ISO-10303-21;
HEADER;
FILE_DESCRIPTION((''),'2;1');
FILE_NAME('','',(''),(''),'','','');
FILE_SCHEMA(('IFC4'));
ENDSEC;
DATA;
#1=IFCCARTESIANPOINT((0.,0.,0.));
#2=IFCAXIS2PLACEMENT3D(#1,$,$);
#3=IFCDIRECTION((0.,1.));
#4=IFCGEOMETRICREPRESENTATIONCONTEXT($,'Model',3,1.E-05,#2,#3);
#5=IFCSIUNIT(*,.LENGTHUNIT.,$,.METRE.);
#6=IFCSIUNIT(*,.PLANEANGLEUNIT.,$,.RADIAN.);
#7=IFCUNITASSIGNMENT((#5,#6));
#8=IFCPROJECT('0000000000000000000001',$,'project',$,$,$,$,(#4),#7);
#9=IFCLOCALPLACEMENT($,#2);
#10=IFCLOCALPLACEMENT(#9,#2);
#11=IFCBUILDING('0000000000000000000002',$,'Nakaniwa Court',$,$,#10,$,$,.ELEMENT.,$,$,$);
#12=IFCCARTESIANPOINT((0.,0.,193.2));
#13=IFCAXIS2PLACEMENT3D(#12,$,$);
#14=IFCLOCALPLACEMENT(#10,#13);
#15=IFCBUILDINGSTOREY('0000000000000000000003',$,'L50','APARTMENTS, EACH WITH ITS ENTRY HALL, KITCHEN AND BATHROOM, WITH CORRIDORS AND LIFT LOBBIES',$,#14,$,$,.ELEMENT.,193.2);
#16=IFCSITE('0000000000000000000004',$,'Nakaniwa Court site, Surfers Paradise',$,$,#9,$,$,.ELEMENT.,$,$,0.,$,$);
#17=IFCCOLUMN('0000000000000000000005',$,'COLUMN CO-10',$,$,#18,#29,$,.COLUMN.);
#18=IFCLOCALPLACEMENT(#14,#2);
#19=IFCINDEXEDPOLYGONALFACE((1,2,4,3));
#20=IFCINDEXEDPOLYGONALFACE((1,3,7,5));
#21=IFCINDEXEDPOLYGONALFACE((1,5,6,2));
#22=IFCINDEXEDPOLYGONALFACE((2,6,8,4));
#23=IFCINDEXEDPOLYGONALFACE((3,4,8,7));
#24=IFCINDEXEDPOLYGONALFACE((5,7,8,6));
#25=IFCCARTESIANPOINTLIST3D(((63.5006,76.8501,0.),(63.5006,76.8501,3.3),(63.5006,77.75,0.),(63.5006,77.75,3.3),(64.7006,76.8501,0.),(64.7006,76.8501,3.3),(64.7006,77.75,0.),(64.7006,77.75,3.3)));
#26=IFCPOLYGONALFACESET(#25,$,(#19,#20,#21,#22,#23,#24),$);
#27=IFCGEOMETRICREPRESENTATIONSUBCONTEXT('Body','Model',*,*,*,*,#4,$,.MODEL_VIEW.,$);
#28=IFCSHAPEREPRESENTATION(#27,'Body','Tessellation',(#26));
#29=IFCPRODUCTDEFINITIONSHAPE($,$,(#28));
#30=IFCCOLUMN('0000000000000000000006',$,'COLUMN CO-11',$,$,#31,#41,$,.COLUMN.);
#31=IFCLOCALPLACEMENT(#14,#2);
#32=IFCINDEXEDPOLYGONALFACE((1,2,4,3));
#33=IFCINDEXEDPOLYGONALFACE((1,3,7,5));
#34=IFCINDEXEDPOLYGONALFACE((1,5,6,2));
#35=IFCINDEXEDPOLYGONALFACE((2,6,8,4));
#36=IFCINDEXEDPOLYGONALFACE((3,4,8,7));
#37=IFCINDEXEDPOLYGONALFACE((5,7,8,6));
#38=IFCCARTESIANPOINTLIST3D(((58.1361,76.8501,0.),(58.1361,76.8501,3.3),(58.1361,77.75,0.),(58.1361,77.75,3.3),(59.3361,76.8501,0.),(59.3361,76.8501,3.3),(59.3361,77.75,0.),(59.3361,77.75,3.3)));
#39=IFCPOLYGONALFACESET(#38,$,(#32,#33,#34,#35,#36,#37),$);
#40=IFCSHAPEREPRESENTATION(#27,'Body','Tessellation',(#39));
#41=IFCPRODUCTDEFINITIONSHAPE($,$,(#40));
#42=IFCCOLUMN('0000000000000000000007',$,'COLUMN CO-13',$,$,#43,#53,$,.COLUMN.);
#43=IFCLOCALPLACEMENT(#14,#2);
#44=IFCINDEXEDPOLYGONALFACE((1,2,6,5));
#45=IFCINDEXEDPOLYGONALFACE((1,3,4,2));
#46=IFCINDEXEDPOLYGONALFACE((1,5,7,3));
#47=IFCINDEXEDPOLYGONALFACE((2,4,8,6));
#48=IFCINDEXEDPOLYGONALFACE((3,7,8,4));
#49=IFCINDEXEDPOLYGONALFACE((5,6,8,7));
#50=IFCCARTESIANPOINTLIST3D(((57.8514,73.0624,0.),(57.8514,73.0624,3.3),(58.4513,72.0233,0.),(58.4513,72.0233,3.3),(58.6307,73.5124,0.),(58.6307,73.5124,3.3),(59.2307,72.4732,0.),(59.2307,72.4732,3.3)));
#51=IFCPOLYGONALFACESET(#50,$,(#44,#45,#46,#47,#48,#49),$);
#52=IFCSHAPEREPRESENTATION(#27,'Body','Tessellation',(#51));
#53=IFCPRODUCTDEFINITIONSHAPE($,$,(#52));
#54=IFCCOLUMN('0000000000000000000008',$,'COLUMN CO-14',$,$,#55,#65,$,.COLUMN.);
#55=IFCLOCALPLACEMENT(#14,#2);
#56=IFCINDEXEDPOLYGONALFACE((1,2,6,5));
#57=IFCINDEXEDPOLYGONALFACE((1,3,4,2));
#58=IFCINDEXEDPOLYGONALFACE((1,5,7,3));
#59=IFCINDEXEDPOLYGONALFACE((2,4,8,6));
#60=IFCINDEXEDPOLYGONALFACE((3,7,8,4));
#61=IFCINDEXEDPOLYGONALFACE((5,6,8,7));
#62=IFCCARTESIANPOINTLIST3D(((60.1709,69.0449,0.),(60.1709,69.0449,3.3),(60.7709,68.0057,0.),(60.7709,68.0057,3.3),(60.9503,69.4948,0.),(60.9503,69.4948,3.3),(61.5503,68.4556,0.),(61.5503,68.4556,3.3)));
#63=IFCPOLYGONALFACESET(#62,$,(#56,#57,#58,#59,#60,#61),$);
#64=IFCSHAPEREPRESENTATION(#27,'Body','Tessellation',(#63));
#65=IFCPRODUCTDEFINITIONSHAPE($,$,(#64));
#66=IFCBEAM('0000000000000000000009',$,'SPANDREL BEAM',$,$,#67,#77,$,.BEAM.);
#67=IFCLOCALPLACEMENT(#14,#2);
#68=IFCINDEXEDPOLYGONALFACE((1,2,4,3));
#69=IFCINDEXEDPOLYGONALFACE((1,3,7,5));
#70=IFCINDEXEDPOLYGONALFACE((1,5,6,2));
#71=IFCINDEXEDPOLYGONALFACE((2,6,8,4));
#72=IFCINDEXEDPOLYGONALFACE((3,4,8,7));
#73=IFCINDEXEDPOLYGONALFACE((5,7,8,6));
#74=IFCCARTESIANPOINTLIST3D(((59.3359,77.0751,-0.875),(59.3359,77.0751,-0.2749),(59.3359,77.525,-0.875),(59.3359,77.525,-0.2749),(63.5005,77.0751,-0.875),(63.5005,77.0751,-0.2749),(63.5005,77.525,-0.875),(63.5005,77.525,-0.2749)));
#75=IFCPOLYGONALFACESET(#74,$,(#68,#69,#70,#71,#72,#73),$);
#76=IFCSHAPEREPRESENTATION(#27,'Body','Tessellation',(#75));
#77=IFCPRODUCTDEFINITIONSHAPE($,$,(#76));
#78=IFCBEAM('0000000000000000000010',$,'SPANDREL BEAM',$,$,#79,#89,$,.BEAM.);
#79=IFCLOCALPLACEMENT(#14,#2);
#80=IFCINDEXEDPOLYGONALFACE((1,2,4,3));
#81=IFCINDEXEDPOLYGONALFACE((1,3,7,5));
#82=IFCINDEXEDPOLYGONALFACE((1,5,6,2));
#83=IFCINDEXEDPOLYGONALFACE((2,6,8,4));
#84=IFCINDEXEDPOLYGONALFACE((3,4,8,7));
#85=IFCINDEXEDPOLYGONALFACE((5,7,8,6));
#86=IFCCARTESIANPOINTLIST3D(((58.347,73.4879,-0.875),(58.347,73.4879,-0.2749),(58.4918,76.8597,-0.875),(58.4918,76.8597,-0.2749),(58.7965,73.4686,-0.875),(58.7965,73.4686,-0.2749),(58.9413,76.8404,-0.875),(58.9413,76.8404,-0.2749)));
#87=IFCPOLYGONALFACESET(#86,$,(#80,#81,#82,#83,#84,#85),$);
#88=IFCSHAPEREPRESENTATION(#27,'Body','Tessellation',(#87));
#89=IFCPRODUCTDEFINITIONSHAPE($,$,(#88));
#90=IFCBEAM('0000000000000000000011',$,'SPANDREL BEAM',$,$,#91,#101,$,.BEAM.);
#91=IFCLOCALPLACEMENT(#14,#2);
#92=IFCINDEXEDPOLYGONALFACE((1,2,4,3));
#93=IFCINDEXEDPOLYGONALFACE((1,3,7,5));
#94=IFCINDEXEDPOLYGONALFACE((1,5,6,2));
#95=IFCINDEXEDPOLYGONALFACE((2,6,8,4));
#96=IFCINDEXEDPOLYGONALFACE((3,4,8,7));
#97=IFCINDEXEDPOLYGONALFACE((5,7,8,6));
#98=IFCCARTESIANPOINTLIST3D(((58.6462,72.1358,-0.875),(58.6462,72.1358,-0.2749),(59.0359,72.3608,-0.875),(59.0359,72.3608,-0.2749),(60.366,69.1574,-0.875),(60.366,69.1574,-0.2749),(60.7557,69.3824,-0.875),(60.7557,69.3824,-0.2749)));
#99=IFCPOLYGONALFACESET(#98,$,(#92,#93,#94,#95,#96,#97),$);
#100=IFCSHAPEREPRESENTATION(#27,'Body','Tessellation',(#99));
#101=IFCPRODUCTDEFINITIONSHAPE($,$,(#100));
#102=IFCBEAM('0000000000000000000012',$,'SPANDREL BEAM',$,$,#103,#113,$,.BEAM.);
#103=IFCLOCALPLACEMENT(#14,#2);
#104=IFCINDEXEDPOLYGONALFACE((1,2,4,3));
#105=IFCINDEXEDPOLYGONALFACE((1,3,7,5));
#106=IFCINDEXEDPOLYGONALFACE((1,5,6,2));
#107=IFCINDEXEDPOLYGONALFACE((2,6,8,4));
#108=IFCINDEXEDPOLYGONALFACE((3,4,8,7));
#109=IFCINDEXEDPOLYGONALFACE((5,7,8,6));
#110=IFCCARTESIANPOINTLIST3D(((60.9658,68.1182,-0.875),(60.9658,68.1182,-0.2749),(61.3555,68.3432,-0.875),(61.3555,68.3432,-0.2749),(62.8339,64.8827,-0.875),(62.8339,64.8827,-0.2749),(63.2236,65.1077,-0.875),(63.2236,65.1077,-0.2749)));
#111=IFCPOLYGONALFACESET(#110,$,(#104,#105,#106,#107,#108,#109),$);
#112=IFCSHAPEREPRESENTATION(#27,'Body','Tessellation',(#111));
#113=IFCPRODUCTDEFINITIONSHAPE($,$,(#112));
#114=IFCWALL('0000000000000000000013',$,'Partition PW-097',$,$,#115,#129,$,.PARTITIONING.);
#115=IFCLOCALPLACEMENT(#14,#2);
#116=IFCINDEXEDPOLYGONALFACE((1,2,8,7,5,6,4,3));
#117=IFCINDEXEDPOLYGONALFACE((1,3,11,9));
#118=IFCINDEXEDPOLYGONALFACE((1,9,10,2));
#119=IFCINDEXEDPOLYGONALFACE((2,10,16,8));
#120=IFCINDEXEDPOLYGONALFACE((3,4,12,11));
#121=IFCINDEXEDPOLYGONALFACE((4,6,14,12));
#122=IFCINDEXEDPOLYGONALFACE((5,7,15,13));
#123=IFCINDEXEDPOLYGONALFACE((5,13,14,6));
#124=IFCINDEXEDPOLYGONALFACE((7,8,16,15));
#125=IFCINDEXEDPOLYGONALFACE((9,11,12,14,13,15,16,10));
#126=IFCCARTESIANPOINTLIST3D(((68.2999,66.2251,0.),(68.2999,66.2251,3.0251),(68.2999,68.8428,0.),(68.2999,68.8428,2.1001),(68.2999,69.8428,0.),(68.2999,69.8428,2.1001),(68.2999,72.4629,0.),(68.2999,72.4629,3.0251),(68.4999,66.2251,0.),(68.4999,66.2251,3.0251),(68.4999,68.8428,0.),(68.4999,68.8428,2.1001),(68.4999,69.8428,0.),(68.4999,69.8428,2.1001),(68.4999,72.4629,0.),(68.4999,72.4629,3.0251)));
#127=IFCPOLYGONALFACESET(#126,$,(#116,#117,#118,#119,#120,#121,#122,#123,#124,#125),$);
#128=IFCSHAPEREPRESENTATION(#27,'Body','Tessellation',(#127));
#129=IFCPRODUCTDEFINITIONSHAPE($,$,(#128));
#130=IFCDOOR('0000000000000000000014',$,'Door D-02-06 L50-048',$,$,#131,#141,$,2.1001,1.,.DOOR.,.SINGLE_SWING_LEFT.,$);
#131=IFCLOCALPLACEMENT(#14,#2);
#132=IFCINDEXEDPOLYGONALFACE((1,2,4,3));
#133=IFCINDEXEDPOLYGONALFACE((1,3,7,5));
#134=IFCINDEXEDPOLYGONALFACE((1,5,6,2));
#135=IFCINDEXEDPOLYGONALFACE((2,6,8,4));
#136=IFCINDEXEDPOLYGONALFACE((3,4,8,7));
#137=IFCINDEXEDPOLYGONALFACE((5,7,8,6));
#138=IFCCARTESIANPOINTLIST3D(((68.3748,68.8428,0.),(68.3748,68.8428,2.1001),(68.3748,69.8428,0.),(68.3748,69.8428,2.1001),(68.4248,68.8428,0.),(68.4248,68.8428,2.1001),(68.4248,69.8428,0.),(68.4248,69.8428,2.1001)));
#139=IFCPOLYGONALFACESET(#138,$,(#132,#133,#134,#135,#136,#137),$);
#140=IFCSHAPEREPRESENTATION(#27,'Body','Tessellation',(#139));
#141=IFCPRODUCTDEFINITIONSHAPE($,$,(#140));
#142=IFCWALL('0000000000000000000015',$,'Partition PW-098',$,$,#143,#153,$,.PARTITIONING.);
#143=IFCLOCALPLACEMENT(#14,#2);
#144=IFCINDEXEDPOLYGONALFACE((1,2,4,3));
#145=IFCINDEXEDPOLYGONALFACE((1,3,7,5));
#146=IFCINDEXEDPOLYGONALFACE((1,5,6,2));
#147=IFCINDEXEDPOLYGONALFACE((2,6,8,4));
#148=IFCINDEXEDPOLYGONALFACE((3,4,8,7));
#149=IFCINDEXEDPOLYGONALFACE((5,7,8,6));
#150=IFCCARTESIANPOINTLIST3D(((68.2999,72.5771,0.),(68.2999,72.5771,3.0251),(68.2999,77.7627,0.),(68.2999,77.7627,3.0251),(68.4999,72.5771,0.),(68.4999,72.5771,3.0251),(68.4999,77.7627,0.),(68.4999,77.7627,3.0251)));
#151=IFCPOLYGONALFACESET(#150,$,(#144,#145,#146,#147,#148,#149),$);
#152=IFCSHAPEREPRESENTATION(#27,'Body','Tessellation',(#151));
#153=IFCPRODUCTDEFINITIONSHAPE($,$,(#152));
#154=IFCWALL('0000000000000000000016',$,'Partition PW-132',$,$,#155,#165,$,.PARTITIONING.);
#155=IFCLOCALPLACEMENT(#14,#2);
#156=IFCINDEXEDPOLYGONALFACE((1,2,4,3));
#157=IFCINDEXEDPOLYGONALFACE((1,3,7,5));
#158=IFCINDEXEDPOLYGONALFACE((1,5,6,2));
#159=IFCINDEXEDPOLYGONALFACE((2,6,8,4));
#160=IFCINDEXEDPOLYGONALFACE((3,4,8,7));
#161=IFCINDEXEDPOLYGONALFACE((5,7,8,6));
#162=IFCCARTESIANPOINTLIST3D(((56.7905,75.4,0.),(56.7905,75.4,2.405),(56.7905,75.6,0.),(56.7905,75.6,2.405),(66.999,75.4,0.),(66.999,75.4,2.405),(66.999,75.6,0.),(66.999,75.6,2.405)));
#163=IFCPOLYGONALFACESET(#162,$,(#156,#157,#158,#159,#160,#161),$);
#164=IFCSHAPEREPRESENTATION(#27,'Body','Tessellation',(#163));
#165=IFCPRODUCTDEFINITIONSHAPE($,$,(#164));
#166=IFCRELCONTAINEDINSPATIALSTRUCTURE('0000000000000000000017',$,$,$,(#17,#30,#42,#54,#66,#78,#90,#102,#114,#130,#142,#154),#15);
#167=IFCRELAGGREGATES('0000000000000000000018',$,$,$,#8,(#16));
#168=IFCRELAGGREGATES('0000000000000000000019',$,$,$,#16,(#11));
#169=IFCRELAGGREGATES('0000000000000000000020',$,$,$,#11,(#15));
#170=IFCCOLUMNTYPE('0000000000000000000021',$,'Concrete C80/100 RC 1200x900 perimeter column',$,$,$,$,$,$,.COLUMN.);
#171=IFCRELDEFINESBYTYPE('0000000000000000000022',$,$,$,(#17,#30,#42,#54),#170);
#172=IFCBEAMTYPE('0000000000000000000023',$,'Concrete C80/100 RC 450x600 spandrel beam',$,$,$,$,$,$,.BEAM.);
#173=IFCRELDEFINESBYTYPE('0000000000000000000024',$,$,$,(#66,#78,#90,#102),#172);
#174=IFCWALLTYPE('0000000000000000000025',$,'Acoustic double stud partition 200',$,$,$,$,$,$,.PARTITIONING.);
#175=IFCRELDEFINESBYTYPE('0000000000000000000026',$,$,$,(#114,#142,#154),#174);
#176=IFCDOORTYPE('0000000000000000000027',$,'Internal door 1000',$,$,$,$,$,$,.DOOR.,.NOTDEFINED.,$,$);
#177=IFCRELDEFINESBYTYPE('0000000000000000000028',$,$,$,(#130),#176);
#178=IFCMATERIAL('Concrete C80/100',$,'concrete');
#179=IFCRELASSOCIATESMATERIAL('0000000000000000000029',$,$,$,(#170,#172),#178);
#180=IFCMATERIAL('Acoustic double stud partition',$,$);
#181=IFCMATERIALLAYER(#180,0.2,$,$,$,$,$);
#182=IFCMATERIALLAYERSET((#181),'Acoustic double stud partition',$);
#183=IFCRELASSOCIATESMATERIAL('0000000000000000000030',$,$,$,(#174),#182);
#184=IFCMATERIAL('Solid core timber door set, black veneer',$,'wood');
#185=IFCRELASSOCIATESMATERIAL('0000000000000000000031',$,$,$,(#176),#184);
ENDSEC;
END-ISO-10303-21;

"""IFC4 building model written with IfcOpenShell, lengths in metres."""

from ifc_helpers import new_model, si_unit, direction, frame, frame_2d, origin, origin_2d, place, context, subcontext, project, spatial, rectangle, extrude, material, layer, layer_set, material_profile, profile_set, type_object, element, fill, save


model = new_model("IFC4")

# Units and contexts
model_context = context("Model", 3, precision=1e-05, world=origin(), true_north=direction((0.0, 1.0)))
body_context = subcontext(model_context, "Body", "Model", "MODEL_VIEW")
ifc_project = project(units=[si_unit("LENGTHUNIT", "METRE"), si_unit("PLANEANGLEUNIT", "RADIAN")], contexts=[model_context])

# Site, building, storey
site_placement = place(None, origin())
site = spatial("IfcSite", under=ifc_project, at=site_placement, Name="Nakaniwa Court site, Surfers Paradise", CompositionType="ELEMENT", RefElevation=0.0)
building_placement = place(site_placement, origin())
building = spatial("IfcBuilding", under=site, at=building_placement, Name="Nakaniwa Court", CompositionType="ELEMENT")
storey_placement = place(building_placement, frame((0.0, 0.0, 193.2)))
storey = spatial("IfcBuildingStorey", under=building, at=storey_placement, Name="L50", Description="APARTMENTS, EACH WITH ITS ENTRY HALL, KITCHEN AND BATHROOM, WITH CORRIDORS AND LIFT LOBBIES", CompositionType="ELEMENT", Elevation=193.2)

# Columns
ifc_material_1 = material(Name="Concrete C80/100", Category="concrete")
ifc_material_profile_1 = material_profile(ifc_material_1, rectangle(XDim=1.2, YDim=0.8999, at=origin_2d()), Name="Concrete C80/100 RC 1200x900 perimeter column")
ifc_profile_set_1 = profile_set([ifc_material_profile_1], Name="Concrete C80/100")
column_type = type_object("IfcColumnType", Name="Concrete C80/100 RC 1200x900 perimeter column", PredefinedType="COLUMN", material=ifc_profile_set_1)
for number, where, z_axis, x_axis, name in (
    (1, (64.1006, 77.3, 0.0), (0.0, 0.0, 1.0), (-1.0, 0.0, 0.0), "COLUMN CO-10"),
    (2, (58.7361, 77.3, 0.0), (0.0, 0.0, 1.0), (-1.0, 0.0, 0.0), "COLUMN CO-11"),
    (3, (58.541, 72.7678, 0.0), (0.0, 0.0, 1.0), (0.5, -0.866025, 0.0), "COLUMN CO-13"),
    (4, (60.8606, 68.7502, 0.0), (0.0, 0.0, 1.0), (0.5, -0.866025, 0.0), "COLUMN CO-14"),
):
    element("IfcColumn", number, at=place(storey_placement, frame(where, z_axis=z_axis, x_axis=x_axis)), inside=storey, type_object=column_type, Name=name, PredefinedType="COLUMN", context=body_context, shape_type="SweptSolid", body=[
        extrude(rectangle(XDim=1.2, YDim=0.8999, at=origin_2d()), origin(), (0.0, 0.0, 1.0), 3.3),
    ])

# Beams
ifc_material_profile_2 = material_profile(ifc_material_1, rectangle(XDim=0.45, YDim=0.6001, at=origin_2d()), Name="Concrete C80/100 RC 450x600 spandrel beam")
ifc_profile_set_2 = profile_set([ifc_material_profile_2], Name="Concrete C80/100")
beam_type = type_object("IfcBeamType", Name="Concrete C80/100 RC 450x600 spandrel beam", PredefinedType="BEAM", material=ifc_profile_set_2)
beam_1_placement = place(storey_placement, frame((63.5005, 77.3, -0.575), z_axis=(-1.0, 0.0, 0.0), x_axis=(0.0, -1.0, 0.0)))
element("IfcBeam", 5, at=beam_1_placement, inside=storey, type_object=beam_type, Name="SPANDREL BEAM", PredefinedType="BEAM", context=body_context, shape_type="SweptSolid", body=[
    extrude(rectangle(XDim=0.45, YDim=0.6001, at=origin_2d()), origin(), (0.0, 0.0, 1.0), 4.1646),
])
beam_2_placement = place(storey_placement, frame((58.7166, 76.8501, -0.575), z_axis=(-0.042897, -0.999079, 0.0), x_axis=(0.999079, -0.042897, 0.0)))
element("IfcBeam", 6, at=beam_2_placement, inside=storey, type_object=beam_type, Name="SPANDREL BEAM", PredefinedType="BEAM", context=body_context, shape_type="SweptSolid", body=[
    extrude(rectangle(XDim=0.45, YDim=0.6001, at=origin_2d()), origin(), (0.0, 0.0, 1.0), 3.375),
])
beam_3_placement = place(storey_placement, frame((58.8411, 72.2483, -0.575), z_axis=(0.500048, -0.865998, 0.0), x_axis=(0.865998, 0.500048, 0.0)))
element("IfcBeam", 7, at=beam_3_placement, inside=storey, type_object=beam_type, Name="SPANDREL BEAM", PredefinedType="BEAM", context=body_context, shape_type="SweptSolid", body=[
    extrude(rectangle(XDim=0.45, YDim=0.6001, at=origin_2d()), origin(), (0.0, 0.0, 1.0), 3.4392),
])
beam_4_placement = place(storey_placement, frame((61.1606, 68.2307, -0.575), z_axis=(0.500018, -0.866015, 0.0), x_axis=(0.866015, 0.500018, 0.0)))
element("IfcBeam", 8, at=beam_4_placement, inside=storey, type_object=beam_type, Name="SPANDREL BEAM", PredefinedType="BEAM", context=body_context, shape_type="SweptSolid", body=[
    extrude(rectangle(XDim=0.45, YDim=0.6001, at=origin_2d()), origin(), (0.0, 0.0, 1.0), 3.7361),
])

# Wall, opening, door
ifc_material_2 = material(Name="Acoustic double stud partition")
ifc_layer_1 = layer(ifc_material_2, 0.2)
ifc_layer_set_1 = layer_set([ifc_layer_1], Name="Acoustic double stud partition")
wall_type_1 = type_object("IfcWallType", Name="Acoustic double stud partition 200", PredefinedType="PARTITIONING", material=ifc_layer_set_1)
wall_1_placement = place(storey_placement, frame((68.3999, 72.4629, 0.0), z_axis=(0.0, 0.0, 1.0), x_axis=(0.0, -1.0, 0.0)))
wall_1 = element("IfcWall", 9, at=wall_1_placement, inside=storey, type_object=wall_type_1, Name="Partition PW-097", PredefinedType="PARTITIONING", context=body_context, shape_type="SweptSolid", body=[
    extrude(rectangle(XDim=6.2378, YDim=0.2, at=frame_2d((3.1189, 0.0))), origin(), (0.0, 0.0, 1.0), 3.0251),
])
opening_1_placement = place(wall_1_placement, frame((2.6201, 0.0, 0.0)))
opening_1 = element("IfcOpeningElement", 10, at=opening_1_placement, cuts=wall_1, PredefinedType="OPENING", context=body_context, shape_type="SweptSolid", body=[
    extrude(rectangle(XDim=1.0, YDim=2.1001, at=frame_2d((0.5, 1.05))), frame((0.0, 0.1099, 0.0), z_axis=(0.0, -1.0, 0.0), x_axis=(1.0, 0.0, 0.0)), (0.0, 0.0, 1.0), 0.22),
])
ifc_material_3 = material(Name="Solid core timber door set, black veneer", Category="wood")
door_type_1 = type_object("IfcDoorType", Name="Internal door 1000", OperationType="NOTDEFINED", PredefinedType="DOOR", material=ifc_material_3)
door_1_placement = place(opening_1_placement, origin())
door_1 = element("IfcDoor", 11, at=door_1_placement, inside=storey, type_object=door_type_1, Name="Door D-02-06 L50-048", OperationType="SINGLE_SWING_LEFT", OverallHeight=2.1001, OverallWidth=1.0, PredefinedType="DOOR", context=body_context, shape_type="SweptSolid", body=[
    extrude(rectangle(XDim=1.0, YDim=2.1001, at=frame_2d((0.5, 1.05))), frame((0.0, 0.0249, 0.0), z_axis=(0.0, -1.0, 0.0), x_axis=(1.0, 0.0, 0.0)), (0.0, 0.0, 1.0), 0.05),
])
fill(opening_1, door_1)

# Walls
wall_2_placement = place(storey_placement, frame((68.3999, 72.5771, 0.0), z_axis=(0.0, 0.0, 1.0), x_axis=(0.0, 1.0, 0.0)))
element("IfcWall", 12, at=wall_2_placement, inside=storey, type_object=wall_type_1, Name="Partition PW-098", PredefinedType="PARTITIONING", context=body_context, shape_type="SweptSolid", body=[
    extrude(rectangle(XDim=5.1855, YDim=0.2, at=frame_2d((2.5928, 0.0))), origin(), (0.0, 0.0, 1.0), 3.0251),
])
wall_3_placement = place(storey_placement, frame((56.7905, 75.5, 0.0), z_axis=(0.0, 0.0, 1.0), x_axis=(1.0, 0.0, 0.0)))
element("IfcWall", 13, at=wall_3_placement, inside=storey, type_object=wall_type_1, Name="Partition PW-132", PredefinedType="PARTITIONING", context=body_context, shape_type="SweptSolid", body=[
    extrude(rectangle(XDim=10.2085, YDim=0.2, at=frame_2d((5.1042, 0.0))), origin(), (0.0, 0.0, 1.0), 2.405),
])

save(model, "model.ifc")
